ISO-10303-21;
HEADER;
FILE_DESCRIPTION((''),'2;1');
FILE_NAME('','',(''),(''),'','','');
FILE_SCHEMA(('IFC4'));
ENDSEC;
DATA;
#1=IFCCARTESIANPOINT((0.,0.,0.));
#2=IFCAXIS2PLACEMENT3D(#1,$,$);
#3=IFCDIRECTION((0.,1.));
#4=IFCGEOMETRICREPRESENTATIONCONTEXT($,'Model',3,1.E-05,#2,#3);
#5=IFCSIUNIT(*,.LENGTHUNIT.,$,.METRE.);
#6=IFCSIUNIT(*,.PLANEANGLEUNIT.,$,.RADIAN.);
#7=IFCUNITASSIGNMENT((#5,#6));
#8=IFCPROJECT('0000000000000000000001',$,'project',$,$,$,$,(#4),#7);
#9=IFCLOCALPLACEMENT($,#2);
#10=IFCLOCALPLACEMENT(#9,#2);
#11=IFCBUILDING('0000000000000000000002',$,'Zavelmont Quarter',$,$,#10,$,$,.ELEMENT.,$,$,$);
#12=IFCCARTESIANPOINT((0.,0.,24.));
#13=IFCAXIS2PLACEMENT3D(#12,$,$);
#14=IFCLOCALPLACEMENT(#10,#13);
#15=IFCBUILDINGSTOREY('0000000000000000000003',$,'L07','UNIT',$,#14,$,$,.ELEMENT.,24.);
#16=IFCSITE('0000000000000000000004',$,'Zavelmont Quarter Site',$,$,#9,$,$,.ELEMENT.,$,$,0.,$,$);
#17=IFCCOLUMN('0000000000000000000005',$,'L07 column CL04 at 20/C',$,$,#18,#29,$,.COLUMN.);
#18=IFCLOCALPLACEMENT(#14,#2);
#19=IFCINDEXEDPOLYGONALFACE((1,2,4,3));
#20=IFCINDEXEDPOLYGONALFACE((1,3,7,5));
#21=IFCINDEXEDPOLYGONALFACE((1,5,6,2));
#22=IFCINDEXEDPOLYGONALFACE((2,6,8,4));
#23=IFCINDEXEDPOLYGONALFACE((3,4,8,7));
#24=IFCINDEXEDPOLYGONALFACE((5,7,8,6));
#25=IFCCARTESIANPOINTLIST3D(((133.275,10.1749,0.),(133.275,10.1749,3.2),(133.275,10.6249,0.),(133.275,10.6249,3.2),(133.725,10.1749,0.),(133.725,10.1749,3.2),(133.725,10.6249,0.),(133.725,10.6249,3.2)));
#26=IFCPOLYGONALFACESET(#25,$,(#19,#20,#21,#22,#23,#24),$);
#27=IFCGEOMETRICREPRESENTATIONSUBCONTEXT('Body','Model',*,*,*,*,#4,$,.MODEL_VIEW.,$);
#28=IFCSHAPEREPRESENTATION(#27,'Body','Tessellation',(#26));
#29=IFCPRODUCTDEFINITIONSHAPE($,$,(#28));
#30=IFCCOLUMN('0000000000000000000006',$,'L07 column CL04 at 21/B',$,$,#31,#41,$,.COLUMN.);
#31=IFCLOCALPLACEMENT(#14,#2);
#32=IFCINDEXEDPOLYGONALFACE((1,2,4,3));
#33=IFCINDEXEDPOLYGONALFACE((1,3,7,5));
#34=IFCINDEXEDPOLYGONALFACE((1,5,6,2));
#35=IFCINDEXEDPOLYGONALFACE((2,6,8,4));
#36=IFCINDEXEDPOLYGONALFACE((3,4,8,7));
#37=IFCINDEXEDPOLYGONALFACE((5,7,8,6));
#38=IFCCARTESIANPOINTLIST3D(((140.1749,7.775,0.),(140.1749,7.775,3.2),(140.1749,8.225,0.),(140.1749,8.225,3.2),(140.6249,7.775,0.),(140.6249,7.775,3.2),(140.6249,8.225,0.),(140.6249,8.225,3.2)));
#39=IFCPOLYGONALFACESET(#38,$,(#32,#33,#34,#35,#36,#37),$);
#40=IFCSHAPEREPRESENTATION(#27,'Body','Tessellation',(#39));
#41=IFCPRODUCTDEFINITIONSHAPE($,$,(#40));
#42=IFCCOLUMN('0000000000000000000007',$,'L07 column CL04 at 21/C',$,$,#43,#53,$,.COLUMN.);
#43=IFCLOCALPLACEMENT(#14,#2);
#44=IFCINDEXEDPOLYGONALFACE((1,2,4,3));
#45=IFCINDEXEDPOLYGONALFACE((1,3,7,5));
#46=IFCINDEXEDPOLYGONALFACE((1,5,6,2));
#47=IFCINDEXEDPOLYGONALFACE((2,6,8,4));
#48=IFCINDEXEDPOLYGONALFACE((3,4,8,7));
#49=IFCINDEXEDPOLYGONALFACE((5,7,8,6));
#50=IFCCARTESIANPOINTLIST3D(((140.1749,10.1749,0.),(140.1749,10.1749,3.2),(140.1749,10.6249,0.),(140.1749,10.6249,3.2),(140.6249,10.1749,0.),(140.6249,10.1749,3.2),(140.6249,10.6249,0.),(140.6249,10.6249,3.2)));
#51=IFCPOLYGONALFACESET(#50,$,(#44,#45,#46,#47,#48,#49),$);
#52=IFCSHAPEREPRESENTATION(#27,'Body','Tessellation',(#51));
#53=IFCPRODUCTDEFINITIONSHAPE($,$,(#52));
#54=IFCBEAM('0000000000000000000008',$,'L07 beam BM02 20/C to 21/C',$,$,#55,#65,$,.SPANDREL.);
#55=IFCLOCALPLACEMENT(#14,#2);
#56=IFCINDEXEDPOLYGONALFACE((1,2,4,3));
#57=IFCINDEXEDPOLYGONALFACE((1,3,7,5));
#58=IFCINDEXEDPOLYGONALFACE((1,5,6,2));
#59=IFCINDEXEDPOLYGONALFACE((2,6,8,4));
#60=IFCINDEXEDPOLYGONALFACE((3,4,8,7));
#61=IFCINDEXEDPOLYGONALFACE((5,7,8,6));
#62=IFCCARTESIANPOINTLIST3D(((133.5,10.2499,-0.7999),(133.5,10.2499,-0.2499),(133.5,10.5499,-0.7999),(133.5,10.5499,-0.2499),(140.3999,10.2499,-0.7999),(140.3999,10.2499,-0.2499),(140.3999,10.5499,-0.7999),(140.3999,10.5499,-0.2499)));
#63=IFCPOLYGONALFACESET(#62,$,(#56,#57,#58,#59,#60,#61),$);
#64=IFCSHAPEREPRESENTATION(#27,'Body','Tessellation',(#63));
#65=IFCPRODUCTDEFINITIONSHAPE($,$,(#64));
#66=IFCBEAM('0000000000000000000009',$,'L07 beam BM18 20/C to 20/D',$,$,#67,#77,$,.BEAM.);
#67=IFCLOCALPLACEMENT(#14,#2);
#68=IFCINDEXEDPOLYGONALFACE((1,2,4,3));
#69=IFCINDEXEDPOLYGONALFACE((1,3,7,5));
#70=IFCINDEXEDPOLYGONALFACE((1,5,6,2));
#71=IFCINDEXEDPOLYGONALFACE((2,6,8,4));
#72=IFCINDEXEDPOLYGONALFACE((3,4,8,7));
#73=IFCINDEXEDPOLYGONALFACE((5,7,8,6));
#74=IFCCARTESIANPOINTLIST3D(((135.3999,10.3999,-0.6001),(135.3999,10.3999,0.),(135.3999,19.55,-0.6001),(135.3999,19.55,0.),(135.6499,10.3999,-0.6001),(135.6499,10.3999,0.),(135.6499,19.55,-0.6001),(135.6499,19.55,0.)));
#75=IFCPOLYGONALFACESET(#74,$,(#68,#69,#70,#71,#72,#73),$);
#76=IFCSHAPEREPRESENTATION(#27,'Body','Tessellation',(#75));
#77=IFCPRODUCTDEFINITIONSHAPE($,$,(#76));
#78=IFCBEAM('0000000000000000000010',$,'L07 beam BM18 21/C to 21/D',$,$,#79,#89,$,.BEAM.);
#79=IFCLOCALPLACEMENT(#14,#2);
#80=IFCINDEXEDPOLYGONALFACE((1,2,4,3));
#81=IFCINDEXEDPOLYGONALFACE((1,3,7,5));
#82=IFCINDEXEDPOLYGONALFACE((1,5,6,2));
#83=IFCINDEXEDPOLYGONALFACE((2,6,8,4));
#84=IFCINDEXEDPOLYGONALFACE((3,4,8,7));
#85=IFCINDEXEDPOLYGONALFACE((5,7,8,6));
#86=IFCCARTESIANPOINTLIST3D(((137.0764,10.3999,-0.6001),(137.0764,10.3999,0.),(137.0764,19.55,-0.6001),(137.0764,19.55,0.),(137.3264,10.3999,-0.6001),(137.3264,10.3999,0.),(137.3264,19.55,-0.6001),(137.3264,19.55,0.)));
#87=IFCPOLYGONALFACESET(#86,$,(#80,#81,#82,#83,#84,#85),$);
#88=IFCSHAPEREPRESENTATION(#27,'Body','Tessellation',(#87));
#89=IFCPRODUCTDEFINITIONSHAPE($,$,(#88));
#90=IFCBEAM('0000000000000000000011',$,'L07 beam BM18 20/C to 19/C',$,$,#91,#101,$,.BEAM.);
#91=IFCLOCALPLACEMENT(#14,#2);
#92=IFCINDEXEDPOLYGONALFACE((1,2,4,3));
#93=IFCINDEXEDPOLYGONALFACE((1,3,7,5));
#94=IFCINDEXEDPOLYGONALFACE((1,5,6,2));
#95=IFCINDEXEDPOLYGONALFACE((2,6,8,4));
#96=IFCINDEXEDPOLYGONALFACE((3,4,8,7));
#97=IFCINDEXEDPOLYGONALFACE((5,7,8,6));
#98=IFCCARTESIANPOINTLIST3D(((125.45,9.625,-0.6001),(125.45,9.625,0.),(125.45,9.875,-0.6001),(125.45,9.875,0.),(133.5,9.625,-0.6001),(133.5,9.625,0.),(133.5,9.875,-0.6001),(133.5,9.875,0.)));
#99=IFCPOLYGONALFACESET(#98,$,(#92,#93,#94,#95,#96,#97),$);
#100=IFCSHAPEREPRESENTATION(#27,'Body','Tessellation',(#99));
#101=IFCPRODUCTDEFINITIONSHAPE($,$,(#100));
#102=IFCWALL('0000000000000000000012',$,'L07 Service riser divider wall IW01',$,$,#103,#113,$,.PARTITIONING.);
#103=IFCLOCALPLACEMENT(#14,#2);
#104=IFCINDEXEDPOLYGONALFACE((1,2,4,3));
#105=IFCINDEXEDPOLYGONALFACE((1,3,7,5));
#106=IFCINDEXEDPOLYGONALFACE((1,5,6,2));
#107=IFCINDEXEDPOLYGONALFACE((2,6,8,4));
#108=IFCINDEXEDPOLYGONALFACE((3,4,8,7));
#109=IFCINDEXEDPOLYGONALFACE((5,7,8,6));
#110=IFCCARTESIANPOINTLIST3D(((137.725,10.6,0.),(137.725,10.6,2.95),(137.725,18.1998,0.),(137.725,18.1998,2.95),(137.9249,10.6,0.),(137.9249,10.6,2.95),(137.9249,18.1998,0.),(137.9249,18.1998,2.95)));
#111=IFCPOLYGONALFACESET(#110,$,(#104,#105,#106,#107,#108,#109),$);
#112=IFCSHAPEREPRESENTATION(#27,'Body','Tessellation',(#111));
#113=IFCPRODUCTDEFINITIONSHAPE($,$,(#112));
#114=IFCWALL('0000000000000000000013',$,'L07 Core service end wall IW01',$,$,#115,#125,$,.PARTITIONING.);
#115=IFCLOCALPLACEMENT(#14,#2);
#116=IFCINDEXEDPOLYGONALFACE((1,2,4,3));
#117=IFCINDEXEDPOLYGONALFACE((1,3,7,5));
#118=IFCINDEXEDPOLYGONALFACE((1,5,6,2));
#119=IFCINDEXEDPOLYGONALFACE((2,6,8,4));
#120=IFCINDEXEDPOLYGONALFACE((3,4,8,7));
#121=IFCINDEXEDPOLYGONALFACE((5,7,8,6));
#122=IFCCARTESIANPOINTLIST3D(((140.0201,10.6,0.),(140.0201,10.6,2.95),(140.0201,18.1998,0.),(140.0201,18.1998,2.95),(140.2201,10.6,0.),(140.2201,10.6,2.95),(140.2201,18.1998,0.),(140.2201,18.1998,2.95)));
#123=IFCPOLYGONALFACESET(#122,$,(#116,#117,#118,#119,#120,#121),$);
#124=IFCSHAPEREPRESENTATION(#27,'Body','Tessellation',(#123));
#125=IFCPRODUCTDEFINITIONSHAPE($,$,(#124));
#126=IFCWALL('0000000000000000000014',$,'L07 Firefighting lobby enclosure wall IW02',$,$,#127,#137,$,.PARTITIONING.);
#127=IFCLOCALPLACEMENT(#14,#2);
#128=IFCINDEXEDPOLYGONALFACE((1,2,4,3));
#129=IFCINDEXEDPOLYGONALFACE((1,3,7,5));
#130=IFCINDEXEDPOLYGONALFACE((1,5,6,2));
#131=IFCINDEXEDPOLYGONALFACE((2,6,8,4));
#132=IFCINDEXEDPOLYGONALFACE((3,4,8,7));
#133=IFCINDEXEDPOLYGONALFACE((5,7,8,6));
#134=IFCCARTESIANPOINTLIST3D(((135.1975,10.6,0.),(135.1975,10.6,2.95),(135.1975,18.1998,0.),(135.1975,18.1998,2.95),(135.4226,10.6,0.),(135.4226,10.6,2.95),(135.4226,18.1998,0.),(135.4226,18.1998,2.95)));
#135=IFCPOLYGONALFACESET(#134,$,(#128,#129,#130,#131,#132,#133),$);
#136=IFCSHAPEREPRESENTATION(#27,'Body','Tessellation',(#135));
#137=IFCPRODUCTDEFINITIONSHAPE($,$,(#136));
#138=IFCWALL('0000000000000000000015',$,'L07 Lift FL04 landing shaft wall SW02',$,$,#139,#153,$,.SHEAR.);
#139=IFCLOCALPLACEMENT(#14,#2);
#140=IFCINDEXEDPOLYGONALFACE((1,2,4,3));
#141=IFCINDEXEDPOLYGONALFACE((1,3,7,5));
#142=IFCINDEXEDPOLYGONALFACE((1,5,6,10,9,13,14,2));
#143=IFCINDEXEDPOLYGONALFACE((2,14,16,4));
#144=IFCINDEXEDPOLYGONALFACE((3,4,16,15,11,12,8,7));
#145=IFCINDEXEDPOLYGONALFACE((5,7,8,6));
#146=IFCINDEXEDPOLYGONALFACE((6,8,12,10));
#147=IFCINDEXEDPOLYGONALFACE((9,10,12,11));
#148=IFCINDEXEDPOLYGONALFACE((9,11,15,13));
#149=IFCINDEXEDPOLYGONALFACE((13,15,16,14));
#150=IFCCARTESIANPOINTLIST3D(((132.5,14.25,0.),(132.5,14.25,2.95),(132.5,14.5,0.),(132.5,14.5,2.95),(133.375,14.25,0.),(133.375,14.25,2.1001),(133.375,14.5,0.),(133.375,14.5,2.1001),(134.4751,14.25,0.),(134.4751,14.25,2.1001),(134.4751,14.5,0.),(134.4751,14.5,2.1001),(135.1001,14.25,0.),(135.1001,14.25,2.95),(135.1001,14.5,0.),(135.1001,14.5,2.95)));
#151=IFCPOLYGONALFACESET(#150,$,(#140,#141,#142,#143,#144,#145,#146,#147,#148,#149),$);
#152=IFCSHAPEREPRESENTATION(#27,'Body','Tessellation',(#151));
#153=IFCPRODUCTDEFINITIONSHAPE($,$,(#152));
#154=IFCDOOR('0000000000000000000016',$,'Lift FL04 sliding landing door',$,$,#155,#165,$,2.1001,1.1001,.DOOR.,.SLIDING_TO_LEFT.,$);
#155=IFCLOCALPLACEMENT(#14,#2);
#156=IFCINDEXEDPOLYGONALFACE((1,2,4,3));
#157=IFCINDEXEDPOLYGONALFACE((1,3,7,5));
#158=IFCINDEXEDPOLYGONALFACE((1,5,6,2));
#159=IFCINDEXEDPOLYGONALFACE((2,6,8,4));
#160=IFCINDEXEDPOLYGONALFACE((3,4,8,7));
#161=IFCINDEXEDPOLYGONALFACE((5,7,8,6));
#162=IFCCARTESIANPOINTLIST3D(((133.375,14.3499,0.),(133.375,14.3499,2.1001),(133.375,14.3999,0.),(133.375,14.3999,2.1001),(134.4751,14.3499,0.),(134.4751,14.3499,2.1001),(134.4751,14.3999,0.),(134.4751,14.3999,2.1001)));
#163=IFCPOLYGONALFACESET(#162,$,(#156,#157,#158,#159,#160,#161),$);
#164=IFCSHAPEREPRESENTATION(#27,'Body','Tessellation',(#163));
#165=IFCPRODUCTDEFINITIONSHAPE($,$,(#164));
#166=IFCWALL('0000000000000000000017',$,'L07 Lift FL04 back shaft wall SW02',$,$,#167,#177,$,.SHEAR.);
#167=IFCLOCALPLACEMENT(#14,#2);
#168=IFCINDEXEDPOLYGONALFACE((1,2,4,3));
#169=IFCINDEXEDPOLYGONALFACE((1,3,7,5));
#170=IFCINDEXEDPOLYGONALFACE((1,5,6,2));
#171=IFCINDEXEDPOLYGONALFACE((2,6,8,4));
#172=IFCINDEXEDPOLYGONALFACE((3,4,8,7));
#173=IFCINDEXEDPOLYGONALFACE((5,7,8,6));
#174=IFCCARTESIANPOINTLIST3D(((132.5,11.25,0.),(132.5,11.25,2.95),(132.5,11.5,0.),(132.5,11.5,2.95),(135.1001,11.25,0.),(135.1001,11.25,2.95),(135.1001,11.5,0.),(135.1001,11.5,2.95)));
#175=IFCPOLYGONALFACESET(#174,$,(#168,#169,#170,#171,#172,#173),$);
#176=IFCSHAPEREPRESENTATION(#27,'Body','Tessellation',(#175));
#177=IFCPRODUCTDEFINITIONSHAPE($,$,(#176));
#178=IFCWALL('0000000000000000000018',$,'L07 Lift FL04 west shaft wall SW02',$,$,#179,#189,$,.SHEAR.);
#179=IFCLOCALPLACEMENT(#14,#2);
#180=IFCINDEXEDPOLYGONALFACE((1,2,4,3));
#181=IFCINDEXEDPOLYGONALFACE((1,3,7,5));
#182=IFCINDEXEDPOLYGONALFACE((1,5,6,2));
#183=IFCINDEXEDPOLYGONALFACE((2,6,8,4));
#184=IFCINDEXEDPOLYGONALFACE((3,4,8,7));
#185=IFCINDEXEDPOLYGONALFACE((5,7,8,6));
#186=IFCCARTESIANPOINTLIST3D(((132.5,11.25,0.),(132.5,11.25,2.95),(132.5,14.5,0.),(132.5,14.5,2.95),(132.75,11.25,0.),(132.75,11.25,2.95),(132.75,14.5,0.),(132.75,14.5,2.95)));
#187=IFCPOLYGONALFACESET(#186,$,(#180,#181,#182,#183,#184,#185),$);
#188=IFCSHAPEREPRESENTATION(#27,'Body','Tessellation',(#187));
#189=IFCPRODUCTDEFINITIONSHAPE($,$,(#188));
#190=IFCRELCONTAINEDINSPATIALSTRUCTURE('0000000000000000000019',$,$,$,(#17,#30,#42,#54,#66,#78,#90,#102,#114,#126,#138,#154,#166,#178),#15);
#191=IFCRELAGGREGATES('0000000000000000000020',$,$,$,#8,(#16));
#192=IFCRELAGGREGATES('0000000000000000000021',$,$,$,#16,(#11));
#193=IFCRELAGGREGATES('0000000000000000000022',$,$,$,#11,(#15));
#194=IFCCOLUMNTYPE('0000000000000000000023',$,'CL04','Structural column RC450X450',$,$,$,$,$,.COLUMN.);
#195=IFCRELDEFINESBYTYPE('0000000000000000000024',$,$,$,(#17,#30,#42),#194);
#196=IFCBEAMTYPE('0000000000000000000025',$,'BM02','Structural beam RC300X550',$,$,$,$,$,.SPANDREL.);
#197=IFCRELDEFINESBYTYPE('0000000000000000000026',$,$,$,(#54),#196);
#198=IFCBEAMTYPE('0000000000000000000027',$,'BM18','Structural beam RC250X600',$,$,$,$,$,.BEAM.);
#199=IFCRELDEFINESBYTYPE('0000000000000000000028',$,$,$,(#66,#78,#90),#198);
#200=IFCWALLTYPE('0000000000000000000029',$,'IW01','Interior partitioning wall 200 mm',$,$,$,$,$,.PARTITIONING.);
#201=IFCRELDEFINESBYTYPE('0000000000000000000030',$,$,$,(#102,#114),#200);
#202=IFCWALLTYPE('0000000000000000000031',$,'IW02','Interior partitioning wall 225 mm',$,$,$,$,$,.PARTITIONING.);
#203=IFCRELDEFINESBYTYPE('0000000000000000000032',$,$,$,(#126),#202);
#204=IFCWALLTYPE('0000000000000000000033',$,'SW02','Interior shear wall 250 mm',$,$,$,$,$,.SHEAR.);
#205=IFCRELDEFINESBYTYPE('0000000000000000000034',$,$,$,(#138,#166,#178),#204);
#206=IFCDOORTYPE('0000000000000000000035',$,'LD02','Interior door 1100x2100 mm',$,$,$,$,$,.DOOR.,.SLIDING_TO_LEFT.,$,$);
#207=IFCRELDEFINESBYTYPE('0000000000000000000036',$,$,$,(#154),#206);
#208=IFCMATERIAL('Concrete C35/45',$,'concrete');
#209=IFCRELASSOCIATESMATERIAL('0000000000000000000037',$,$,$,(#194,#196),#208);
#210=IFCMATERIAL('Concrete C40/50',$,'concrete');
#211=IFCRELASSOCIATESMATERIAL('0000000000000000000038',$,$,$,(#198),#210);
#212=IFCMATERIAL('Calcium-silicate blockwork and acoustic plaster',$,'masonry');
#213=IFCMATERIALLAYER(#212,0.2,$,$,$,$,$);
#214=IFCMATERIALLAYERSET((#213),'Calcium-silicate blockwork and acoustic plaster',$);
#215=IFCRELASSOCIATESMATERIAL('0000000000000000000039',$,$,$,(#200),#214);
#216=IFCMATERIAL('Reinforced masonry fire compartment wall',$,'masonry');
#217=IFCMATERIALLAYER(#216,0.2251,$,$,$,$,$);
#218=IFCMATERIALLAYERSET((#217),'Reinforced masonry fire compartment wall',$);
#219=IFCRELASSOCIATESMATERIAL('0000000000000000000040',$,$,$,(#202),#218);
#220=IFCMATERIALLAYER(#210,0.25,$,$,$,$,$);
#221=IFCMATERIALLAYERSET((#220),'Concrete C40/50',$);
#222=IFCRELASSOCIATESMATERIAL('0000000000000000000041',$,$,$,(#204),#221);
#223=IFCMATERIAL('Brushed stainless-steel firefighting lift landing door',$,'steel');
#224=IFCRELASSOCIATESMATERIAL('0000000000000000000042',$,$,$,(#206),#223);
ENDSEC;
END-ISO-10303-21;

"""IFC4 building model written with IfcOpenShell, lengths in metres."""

from ifc_helpers import new_model, si_unit, direction, frame, frame_2d, origin, origin_with_axes, origin_2d, place, context, subcontext, project, spatial, rectangle, extrude, material, layer, layer_set, material_profile, profile_set, type_object, element, fill, save


model = new_model("IFC4")

# Units and contexts
model_context = context("Model", 3, precision=1e-05, world=origin(), true_north=direction((0.0, 1.0)))
body_context = subcontext(model_context, "Body", "Model", "MODEL_VIEW")
ifc_project = project(units=[si_unit("LENGTHUNIT", "METRE"), si_unit("PLANEANGLEUNIT", "RADIAN")], contexts=[model_context])

# Site, building, storey
site_placement = place(None, origin())
site = spatial("IfcSite", under=ifc_project, at=site_placement, Name="Zavelmont Quarter Site", CompositionType="ELEMENT", RefElevation=0.0)
building_placement = place(site_placement, origin())
building = spatial("IfcBuilding", under=site, at=building_placement, Name="Zavelmont Quarter", CompositionType="ELEMENT")
storey_placement = place(building_placement, frame((0.0, 0.0, 24.0)))
storey = spatial("IfcBuildingStorey", under=building, at=storey_placement, Name="L07", Description="UNIT", CompositionType="ELEMENT", Elevation=24.0)

# Columns
ifc_material_1 = material(Name="Concrete C35/45", Category="concrete")
ifc_material_profile_1 = material_profile(ifc_material_1, rectangle(XDim=0.45, YDim=0.45, at=origin_2d()), Name="RC450X450")
ifc_profile_set_1 = profile_set([ifc_material_profile_1], Name="Concrete C35/45")
column_type = type_object("IfcColumnType", Name="CL04", Description="Structural column RC450X450", PredefinedType="COLUMN", material=ifc_profile_set_1)
for number, where, z_axis, x_axis, name in (
    (1, (133.5, 10.3999, 0.0), (0.0, 0.0, 1.0), (1.0, 0.0, 0.0), "L07 column CL04 at 20/C"),
    (2, (140.3999, 8.0, 0.0), (0.0, 0.0, 1.0), (1.0, 0.0, 0.0), "L07 column CL04 at 21/B"),
    (3, (140.3999, 10.3999, 0.0), (0.0, 0.0, 1.0), (1.0, 0.0, 0.0), "L07 column CL04 at 21/C"),
):
    element("IfcColumn", number, at=place(storey_placement, frame(where, z_axis=z_axis, x_axis=x_axis)), inside=storey, type_object=column_type, Name=name, PredefinedType="COLUMN", context=body_context, shape_type="SweptSolid", body=[
        extrude(rectangle(XDim=0.45, YDim=0.45, at=origin_2d()), origin(), (0.0, 0.0, 1.0), 3.2),
    ])

# Beams
ifc_material_profile_2 = material_profile(ifc_material_1, rectangle(XDim=0.3, YDim=0.55, at=origin_2d()), Name="RC300X550")
ifc_profile_set_2 = profile_set([ifc_material_profile_2], Name="Concrete C35/45")
beam_type_1 = type_object("IfcBeamType", Name="BM02", Description="Structural beam RC300X550", PredefinedType="SPANDREL", material=ifc_profile_set_2)
beam_1_placement = place(storey_placement, frame((133.5, 10.3999, -0.5249), z_axis=(1.0, 0.0, 0.0), x_axis=(0.0, 1.0, 0.0)))
element("IfcBeam", 4, at=beam_1_placement, inside=storey, type_object=beam_type_1, Name="L07 beam BM02 20/C to 21/C", PredefinedType="SPANDREL", context=body_context, shape_type="SweptSolid", body=[
    extrude(rectangle(XDim=0.3, YDim=0.55, at=origin_2d()), origin(), (0.0, 0.0, 1.0), 6.8999),
])
ifc_material_2 = material(Name="Concrete C40/50", Category="concrete")
ifc_material_profile_3 = material_profile(ifc_material_2, rectangle(XDim=0.25, YDim=0.6001, at=origin_2d()), Name="RC250X600")
ifc_profile_set_3 = profile_set([ifc_material_profile_3], Name="Concrete C40/50")
beam_type_2 = type_object("IfcBeamType", Name="BM18", Description="Structural beam RC250X600", PredefinedType="BEAM", material=ifc_profile_set_3)
for number, where, z_axis, x_axis, name in (
    (5, (135.5249, 10.3999, -0.3), (0.0, 1.0, 0.0), (-1.0, 0.0, 0.0), "L07 beam BM18 20/C to 20/D"),
    (6, (137.2014, 10.3999, -0.3), (0.0, 1.0, 0.0), (-1.0, 0.0, 0.0), "L07 beam BM18 21/C to 21/D"),
):
    element("IfcBeam", number, at=place(storey_placement, frame(where, z_axis=z_axis, x_axis=x_axis)), inside=storey, type_object=beam_type_2, Name=name, PredefinedType="BEAM", context=body_context, shape_type="SweptSolid", body=[
        extrude(rectangle(XDim=0.25, YDim=0.6001, at=origin_2d()), origin(), (0.0, 0.0, 1.0), 9.1501),
    ])
beam_2_placement = place(storey_placement, frame((133.5, 9.75, -0.3), z_axis=(-1.0, 0.0, 0.0), x_axis=(0.0, -1.0, 0.0)))
element("IfcBeam", 7, at=beam_2_placement, inside=storey, type_object=beam_type_2, Name="L07 beam BM18 20/C to 19/C", PredefinedType="BEAM", context=body_context, shape_type="SweptSolid", body=[
    extrude(rectangle(XDim=0.25, YDim=0.6001, at=origin_2d()), origin(), (0.0, 0.0, 1.0), 8.05),
])

# Walls
ifc_material_3 = material(Name="Calcium-silicate blockwork and acoustic plaster", Category="masonry")
ifc_layer_1 = layer(ifc_material_3, 0.2)
ifc_layer_set_1 = layer_set([ifc_layer_1], Name="Calcium-silicate blockwork and acoustic plaster")
wall_type_1 = type_object("IfcWallType", Name="IW01", Description="Interior partitioning wall 200 mm", PredefinedType="PARTITIONING", material=ifc_layer_set_1)
for number, where, z_axis, x_axis, name in (
    (8, (137.825, 10.6001, 0.0), (0.0, 0.0, 1.0), (0.0, 1.0, 0.0), "L07 Service riser divider wall IW01"),
    (9, (140.1201, 10.6001, 0.0), (0.0, 0.0, 1.0), (0.0, 1.0, 0.0), "L07 Core service end wall IW01"),
):
    element("IfcWall", number, at=place(storey_placement, frame(where, z_axis=z_axis, x_axis=x_axis)), inside=storey, type_object=wall_type_1, Name=name, PredefinedType="PARTITIONING", context=body_context, shape_type="SweptSolid", body=[
        extrude(rectangle(XDim=7.5999, YDim=0.2, at=frame_2d((3.7998, 0.0))), origin(), (0.0, 0.0, 1.0), 2.95),
    ])
ifc_material_4 = material(Name="Reinforced masonry fire compartment wall", Category="masonry")
ifc_layer_2 = layer(ifc_material_4, 0.2251)
ifc_layer_set_2 = layer_set([ifc_layer_2], Name="Reinforced masonry fire compartment wall")
wall_type_2 = type_object("IfcWallType", Name="IW02", Description="Interior partitioning wall 225 mm", PredefinedType="PARTITIONING", material=ifc_layer_set_2)
wall_1_placement = place(storey_placement, frame((135.3101, 10.6001, 0.0), z_axis=(0.0, 0.0, 1.0), x_axis=(0.0, 1.0, 0.0)))
element("IfcWall", 10, at=wall_1_placement, inside=storey, type_object=wall_type_2, Name="L07 Firefighting lobby enclosure wall IW02", PredefinedType="PARTITIONING", context=body_context, shape_type="SweptSolid", body=[
    extrude(rectangle(XDim=7.5999, YDim=0.2251, at=frame_2d((3.7998, 0.0))), origin(), (0.0, 0.0, 1.0), 2.95),
])

# Wall, opening, door
ifc_layer_3 = layer(ifc_material_2, 0.25)
ifc_layer_set_3 = layer_set([ifc_layer_3], Name="Concrete C40/50")
wall_type_3 = type_object("IfcWallType", Name="SW02", Description="Interior shear wall 250 mm", PredefinedType="SHEAR", material=ifc_layer_set_3)
wall_2_placement = place(storey_placement, frame((132.5, 14.375, 0.0), z_axis=(0.0, 0.0, 1.0), x_axis=(1.0, 0.0, 0.0)))
wall_2 = element("IfcWall", 11, at=wall_2_placement, inside=storey, type_object=wall_type_3, Name="L07 Lift FL04 landing shaft wall SW02", PredefinedType="SHEAR", context=body_context, shape_type="SweptSolid", body=[
    extrude(rectangle(XDim=2.6001, YDim=0.25, at=frame_2d((1.3, 0.0))), origin(), (0.0, 0.0, 1.0), 2.95),
])
opening_1_placement = place(wall_2_placement, frame((0.875, 0.0, 0.0)))
opening_1 = element("IfcOpeningElement", 12, at=opening_1_placement, cuts=wall_2, PredefinedType="OPENING", context=body_context, shape_type="SweptSolid", body=[
    extrude(rectangle(XDim=1.1001, YDim=2.1001, at=frame_2d((0.55, 1.05))), frame((0.0, 0.137, 0.0), z_axis=(0.0, -1.0, 0.0), x_axis=(1.0, 0.0, 0.0)), (0.0, 0.0, 1.0), 0.2739),
])
ifc_material_5 = material(Name="Brushed stainless-steel firefighting lift landing door", Category="steel")
door_type_1 = type_object("IfcDoorType", Name="LD02", Description="Interior door 1100x2100 mm", OperationType="SLIDING_TO_LEFT", PredefinedType="DOOR", material=ifc_material_5)
door_1_placement = place(opening_1_placement, origin_with_axes())
door_1 = element("IfcDoor", 13, at=door_1_placement, inside=storey, type_object=door_type_1, Name="Lift FL04 sliding landing door", OperationType="SLIDING_TO_LEFT", OverallHeight=2.1001, OverallWidth=1.1001, PredefinedType="DOOR", context=body_context, shape_type="SweptSolid", body=[
    extrude(rectangle(XDim=1.1001, YDim=2.1001, at=frame_2d((0.55, 1.05))), frame((0.0, 0.0249, 0.0), z_axis=(0.0, -1.0, 0.0), x_axis=(1.0, 0.0, 0.0)), (0.0, 0.0, 1.0), 0.05),
])
fill(opening_1, door_1)

# Walls
wall_3_placement = place(storey_placement, frame((132.5, 11.375, 0.0), z_axis=(0.0, 0.0, 1.0), x_axis=(1.0, 0.0, 0.0)))
element("IfcWall", 14, at=wall_3_placement, inside=storey, type_object=wall_type_3, Name="L07 Lift FL04 back shaft wall SW02", PredefinedType="SHEAR", context=body_context, shape_type="SweptSolid", body=[
    extrude(rectangle(XDim=2.6001, YDim=0.25, at=frame_2d((1.3, 0.0))), origin(), (0.0, 0.0, 1.0), 2.95),
])
for number, where, z_axis, x_axis, name in (
    (15, (132.625, 11.25, 0.0), (0.0, 0.0, 1.0), (0.0, 1.0, 0.0), "L07 Lift FL04 west shaft wall SW02"),
):
    element("IfcWall", number, at=place(storey_placement, frame(where, z_axis=z_axis, x_axis=x_axis)), inside=storey, type_object=wall_type_3, Name=name, PredefinedType="SHEAR", context=body_context, shape_type="SweptSolid", body=[
        extrude(rectangle(XDim=3.25, YDim=0.25, at=frame_2d((1.625, 0.0))), origin(), (0.0, 0.0, 1.0), 2.95),
    ])

save(model, "model.ifc")
